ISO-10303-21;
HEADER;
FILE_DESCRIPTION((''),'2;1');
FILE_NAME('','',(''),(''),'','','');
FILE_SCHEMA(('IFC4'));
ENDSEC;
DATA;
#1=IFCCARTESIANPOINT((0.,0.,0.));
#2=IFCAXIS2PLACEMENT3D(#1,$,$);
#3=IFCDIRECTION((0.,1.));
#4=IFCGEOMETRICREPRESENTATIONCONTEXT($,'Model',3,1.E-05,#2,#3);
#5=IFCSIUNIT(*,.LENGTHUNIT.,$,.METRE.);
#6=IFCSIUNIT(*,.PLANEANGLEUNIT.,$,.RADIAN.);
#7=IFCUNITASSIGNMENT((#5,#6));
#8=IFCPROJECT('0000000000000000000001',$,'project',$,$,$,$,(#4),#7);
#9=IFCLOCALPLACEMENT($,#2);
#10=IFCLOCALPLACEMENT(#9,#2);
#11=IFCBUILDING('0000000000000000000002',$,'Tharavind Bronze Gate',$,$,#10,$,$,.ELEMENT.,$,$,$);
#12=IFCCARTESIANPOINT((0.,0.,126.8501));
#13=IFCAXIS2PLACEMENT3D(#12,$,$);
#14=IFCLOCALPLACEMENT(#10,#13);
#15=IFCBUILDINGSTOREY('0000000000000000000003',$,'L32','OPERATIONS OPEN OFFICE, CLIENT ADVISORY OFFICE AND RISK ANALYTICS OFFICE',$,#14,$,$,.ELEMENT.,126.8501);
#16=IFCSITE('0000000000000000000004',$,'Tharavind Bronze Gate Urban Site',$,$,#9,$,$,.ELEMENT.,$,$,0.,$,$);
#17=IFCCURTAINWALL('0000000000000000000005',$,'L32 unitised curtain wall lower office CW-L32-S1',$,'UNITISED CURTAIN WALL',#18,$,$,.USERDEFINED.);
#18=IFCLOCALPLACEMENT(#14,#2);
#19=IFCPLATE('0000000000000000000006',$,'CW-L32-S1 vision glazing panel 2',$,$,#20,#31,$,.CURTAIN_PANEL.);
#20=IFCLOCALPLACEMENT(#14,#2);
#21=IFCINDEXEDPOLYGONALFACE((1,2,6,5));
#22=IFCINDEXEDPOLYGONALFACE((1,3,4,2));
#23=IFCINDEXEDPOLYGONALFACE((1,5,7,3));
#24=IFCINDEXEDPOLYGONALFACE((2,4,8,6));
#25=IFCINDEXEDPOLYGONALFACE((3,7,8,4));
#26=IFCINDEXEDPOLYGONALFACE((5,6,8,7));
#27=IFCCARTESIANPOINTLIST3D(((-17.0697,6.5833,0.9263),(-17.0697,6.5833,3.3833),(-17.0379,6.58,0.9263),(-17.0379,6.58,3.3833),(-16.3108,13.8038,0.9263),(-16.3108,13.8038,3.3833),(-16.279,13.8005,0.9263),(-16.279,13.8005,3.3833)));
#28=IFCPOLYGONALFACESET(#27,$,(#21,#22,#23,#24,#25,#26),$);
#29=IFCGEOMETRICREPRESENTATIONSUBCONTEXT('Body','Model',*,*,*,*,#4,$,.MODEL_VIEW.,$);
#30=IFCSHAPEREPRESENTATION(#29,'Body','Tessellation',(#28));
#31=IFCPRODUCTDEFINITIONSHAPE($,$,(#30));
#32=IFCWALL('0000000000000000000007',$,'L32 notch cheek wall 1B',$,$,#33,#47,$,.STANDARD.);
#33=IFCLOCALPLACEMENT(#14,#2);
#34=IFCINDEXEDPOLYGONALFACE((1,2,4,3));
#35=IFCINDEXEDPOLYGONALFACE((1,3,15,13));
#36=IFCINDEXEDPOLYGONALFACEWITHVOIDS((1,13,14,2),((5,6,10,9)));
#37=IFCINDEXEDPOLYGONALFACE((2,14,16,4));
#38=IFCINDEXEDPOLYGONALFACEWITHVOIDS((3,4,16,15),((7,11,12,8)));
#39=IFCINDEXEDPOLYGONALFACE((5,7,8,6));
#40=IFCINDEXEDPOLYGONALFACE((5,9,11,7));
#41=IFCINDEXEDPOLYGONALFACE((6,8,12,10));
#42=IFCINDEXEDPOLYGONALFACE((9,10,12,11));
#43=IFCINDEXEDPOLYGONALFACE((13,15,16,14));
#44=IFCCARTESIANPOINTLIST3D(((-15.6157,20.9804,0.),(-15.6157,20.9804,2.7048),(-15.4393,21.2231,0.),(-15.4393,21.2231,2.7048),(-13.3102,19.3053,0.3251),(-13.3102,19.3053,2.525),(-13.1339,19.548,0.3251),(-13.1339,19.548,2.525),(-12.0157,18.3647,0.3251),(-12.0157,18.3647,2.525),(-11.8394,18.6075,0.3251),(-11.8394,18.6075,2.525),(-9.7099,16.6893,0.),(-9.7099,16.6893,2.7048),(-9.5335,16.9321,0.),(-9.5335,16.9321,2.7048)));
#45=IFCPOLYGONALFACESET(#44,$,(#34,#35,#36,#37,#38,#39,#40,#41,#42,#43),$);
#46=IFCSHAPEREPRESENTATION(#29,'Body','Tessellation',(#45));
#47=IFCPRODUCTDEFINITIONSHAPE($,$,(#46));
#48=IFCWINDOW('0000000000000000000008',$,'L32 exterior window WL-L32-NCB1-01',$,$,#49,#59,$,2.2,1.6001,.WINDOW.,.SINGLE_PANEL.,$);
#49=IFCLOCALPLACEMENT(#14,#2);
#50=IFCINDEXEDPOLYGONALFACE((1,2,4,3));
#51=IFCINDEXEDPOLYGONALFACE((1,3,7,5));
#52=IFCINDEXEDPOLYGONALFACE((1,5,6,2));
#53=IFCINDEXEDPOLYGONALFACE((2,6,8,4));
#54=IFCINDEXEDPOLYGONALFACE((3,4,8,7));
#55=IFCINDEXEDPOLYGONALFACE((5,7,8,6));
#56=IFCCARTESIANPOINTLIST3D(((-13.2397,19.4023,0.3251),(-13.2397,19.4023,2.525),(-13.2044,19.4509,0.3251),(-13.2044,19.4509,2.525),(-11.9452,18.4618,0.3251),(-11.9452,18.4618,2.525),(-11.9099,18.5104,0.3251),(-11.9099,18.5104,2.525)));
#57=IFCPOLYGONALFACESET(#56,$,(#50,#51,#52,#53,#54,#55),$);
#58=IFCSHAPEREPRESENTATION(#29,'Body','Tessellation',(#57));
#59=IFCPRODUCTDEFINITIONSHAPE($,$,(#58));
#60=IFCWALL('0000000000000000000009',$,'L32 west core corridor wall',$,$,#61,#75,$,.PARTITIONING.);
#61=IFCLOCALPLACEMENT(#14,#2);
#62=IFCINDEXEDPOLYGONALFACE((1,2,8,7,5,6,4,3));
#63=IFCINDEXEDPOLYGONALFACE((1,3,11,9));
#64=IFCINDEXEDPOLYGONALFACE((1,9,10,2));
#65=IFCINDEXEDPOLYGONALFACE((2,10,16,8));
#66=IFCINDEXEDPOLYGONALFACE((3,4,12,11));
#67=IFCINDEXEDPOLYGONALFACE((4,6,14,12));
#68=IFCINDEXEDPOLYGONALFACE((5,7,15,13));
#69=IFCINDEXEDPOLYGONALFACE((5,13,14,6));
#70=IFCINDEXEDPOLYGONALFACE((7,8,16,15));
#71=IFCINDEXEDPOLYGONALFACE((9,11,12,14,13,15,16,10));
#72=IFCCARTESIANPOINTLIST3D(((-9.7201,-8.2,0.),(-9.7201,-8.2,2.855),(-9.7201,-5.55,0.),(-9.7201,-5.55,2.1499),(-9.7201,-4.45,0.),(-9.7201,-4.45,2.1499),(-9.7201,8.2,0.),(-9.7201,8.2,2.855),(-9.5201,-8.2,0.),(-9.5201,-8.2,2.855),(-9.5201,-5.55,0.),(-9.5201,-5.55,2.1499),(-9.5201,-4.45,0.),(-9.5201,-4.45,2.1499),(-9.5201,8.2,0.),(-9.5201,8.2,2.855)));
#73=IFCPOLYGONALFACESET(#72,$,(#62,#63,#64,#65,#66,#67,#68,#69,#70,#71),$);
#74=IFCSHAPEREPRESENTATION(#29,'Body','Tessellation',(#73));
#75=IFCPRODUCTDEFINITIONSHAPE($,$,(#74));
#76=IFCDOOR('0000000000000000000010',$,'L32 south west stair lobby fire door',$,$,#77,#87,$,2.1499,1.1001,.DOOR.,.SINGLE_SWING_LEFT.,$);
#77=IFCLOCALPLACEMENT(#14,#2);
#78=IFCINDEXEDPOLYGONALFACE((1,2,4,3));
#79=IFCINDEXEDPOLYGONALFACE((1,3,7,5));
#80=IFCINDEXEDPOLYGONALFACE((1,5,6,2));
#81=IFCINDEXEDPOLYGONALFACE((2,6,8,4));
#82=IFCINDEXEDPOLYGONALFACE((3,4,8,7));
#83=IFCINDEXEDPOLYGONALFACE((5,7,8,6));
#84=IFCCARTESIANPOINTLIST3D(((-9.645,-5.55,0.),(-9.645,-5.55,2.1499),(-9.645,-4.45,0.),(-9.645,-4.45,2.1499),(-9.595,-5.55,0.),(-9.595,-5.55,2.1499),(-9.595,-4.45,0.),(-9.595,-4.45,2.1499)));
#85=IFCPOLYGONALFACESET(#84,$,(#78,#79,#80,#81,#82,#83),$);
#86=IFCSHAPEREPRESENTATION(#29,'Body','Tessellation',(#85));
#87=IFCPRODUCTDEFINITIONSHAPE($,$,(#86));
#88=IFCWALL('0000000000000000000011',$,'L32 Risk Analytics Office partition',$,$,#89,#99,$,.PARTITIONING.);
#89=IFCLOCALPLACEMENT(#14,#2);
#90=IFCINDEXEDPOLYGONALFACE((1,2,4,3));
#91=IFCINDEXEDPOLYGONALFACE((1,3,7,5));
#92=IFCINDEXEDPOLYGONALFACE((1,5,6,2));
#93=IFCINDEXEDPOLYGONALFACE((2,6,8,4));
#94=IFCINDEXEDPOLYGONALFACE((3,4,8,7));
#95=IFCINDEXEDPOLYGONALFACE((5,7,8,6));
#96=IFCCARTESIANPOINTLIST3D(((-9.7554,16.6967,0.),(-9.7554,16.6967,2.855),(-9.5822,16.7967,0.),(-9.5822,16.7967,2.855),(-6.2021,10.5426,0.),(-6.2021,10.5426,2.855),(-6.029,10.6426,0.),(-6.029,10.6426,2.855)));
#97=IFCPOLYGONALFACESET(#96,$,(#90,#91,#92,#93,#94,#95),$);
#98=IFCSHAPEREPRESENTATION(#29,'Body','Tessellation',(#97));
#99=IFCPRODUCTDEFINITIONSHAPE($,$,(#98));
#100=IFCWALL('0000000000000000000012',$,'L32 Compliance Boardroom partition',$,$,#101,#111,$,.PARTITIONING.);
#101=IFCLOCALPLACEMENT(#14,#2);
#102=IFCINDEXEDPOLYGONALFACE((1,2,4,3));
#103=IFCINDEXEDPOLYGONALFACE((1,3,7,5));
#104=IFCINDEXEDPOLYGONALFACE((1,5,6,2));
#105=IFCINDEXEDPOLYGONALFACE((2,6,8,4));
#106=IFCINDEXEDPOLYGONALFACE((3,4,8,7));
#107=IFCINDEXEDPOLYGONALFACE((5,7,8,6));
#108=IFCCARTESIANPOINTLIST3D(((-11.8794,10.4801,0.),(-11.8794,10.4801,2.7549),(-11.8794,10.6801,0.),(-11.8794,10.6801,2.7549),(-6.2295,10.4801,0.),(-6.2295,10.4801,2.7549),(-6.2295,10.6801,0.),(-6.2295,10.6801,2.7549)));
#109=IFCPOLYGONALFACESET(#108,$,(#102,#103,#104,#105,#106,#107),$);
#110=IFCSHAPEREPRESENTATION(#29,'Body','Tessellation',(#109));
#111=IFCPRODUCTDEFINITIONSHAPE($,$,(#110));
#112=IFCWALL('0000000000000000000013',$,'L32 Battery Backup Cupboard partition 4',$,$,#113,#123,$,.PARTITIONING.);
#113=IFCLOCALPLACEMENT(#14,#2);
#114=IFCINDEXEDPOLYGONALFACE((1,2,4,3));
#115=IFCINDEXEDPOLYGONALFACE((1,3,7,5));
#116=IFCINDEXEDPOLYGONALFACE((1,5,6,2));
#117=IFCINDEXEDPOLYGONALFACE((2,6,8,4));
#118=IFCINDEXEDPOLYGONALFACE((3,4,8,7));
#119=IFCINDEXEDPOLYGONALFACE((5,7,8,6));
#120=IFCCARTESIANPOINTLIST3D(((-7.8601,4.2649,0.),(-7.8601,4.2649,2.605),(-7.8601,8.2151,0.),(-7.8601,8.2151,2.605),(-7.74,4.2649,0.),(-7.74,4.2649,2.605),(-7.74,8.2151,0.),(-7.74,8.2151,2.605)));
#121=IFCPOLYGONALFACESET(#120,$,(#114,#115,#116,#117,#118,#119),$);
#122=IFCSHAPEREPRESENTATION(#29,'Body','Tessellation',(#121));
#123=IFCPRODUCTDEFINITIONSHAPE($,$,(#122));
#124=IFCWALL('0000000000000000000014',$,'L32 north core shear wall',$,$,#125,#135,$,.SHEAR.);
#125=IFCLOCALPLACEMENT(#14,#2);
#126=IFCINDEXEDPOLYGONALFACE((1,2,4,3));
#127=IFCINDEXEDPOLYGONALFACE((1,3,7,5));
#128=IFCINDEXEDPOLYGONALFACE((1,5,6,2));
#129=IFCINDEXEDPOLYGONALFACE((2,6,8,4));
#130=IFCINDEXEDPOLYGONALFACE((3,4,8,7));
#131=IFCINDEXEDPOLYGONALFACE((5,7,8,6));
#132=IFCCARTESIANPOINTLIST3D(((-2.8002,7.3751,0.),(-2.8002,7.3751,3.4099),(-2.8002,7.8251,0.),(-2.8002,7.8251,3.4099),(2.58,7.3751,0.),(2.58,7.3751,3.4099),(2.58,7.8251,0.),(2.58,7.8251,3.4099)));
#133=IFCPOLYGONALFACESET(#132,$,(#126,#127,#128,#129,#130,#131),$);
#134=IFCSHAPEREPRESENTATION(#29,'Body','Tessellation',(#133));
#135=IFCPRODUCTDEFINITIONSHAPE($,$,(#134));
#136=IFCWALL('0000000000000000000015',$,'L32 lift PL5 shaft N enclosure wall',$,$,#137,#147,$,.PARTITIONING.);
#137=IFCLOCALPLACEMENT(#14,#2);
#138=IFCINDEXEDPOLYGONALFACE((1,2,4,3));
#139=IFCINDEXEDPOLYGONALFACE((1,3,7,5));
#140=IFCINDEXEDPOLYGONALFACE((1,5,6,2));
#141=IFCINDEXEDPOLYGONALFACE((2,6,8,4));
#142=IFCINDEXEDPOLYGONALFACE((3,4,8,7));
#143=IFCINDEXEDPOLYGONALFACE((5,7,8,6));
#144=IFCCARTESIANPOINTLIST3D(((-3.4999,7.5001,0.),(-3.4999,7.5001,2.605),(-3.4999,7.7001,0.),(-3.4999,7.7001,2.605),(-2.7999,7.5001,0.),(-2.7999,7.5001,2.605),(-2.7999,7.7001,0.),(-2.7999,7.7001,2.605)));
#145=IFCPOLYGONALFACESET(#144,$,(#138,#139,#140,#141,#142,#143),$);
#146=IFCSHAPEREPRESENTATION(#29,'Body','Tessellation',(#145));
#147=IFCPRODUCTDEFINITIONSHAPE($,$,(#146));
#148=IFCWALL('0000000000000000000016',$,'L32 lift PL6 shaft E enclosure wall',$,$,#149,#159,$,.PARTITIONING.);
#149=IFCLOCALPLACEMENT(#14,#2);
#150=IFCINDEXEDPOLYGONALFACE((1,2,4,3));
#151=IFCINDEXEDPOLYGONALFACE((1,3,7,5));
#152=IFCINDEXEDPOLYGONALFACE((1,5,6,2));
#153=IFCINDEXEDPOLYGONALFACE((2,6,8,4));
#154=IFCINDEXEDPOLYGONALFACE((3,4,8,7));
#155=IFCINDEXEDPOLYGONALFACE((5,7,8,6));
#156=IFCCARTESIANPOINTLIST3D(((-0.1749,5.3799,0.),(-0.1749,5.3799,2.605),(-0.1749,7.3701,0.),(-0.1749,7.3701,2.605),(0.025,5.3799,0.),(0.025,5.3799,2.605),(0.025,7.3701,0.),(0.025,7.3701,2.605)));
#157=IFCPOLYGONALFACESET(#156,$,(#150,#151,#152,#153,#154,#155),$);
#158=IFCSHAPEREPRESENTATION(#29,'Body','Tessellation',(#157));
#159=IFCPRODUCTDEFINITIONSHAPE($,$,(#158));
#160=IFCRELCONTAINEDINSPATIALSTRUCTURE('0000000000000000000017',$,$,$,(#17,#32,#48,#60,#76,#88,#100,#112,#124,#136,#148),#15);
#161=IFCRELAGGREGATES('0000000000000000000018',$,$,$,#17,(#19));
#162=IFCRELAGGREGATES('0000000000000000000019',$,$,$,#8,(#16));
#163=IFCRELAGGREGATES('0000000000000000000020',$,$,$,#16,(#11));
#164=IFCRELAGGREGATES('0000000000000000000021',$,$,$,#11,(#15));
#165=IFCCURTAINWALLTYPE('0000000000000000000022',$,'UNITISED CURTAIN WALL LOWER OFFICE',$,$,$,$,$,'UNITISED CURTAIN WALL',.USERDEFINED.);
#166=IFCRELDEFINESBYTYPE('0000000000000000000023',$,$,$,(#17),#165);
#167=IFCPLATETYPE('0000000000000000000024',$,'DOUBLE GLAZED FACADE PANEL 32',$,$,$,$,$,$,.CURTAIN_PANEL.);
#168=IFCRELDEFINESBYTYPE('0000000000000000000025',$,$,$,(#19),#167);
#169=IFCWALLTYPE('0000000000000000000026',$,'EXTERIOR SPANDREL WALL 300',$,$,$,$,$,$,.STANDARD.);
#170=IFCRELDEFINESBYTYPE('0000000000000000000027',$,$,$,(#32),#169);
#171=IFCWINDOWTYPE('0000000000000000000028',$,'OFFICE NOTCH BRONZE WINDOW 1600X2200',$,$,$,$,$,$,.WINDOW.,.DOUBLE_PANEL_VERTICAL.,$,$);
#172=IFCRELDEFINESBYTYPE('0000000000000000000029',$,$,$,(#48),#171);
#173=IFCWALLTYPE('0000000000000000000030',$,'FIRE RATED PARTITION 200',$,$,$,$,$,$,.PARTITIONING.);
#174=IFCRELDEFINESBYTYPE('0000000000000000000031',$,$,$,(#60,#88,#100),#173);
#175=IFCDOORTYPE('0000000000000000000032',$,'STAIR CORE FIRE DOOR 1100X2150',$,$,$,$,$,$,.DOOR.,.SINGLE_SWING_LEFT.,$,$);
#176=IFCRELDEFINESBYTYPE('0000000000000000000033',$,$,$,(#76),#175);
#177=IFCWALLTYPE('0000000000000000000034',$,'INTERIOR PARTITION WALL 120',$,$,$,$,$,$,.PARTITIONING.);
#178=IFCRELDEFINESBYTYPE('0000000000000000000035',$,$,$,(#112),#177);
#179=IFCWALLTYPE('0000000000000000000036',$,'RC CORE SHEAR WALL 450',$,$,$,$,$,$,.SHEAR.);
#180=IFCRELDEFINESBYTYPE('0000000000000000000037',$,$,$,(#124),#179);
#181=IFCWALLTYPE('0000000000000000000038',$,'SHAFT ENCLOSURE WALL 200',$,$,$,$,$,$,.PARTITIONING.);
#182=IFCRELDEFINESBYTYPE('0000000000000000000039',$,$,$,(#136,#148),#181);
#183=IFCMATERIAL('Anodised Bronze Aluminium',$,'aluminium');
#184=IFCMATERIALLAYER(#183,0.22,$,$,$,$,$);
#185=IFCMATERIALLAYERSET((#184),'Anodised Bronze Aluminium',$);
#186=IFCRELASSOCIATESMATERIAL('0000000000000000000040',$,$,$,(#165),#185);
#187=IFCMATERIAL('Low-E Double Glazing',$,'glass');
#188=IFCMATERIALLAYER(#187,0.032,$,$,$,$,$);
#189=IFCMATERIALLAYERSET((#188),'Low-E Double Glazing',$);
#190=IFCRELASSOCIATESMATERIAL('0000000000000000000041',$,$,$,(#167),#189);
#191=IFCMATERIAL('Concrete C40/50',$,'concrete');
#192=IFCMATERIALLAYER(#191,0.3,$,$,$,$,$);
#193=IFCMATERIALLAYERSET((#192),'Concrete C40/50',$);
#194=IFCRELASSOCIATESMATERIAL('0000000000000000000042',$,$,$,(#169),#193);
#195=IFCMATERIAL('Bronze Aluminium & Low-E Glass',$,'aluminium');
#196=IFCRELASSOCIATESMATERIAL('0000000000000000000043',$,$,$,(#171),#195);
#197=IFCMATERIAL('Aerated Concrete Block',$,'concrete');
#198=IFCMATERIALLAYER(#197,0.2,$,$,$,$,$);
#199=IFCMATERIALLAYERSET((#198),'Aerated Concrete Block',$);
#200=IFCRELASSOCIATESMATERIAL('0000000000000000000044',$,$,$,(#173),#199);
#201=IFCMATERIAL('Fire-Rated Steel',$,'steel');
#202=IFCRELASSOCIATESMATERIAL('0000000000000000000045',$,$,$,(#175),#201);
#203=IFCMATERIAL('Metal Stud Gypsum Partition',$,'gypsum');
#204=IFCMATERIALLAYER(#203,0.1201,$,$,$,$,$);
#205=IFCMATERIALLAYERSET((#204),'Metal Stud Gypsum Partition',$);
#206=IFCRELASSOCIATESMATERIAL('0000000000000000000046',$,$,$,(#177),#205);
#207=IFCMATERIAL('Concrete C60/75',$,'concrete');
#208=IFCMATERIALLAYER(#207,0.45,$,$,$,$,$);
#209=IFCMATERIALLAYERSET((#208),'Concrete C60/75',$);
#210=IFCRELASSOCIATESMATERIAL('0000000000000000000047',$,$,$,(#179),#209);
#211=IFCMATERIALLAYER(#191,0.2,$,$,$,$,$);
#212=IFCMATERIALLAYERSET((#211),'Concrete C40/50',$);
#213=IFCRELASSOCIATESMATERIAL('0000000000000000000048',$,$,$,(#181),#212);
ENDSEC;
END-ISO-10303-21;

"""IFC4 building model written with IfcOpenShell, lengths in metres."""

from ifc_helpers import new_model, si_unit, direction, frame, frame_2d, origin, origin_2d, place, context, subcontext, project, spatial, rectangle, extrude, material, layer, layer_set, type_object, element, fill, aggregate, save


model = new_model("IFC4")

# Units and contexts
model_context = context("Model", 3, precision=1e-05, world=origin(), true_north=direction((0.0, 1.0)))
body_context = subcontext(model_context, "Body", "Model", "MODEL_VIEW")
ifc_project = project(units=[si_unit("LENGTHUNIT", "METRE"), si_unit("PLANEANGLEUNIT", "RADIAN")], contexts=[model_context])

# Site, building, storey
site_placement = place(None, origin())
site = spatial("IfcSite", under=ifc_project, at=site_placement, Name="Tharavind Bronze Gate Urban Site", CompositionType="ELEMENT", RefElevation=0.0)
building_placement = place(site_placement, origin())
building = spatial("IfcBuilding", under=site, at=building_placement, Name="Tharavind Bronze Gate", CompositionType="ELEMENT")
storey_placement = place(building_placement, frame((0.0, 0.0, 126.8501)))
storey = spatial("IfcBuildingStorey", under=building, at=storey_placement, Name="L32", Description="OPERATIONS OPEN OFFICE, CLIENT ADVISORY OFFICE AND RISK ANALYTICS OFFICE", CompositionType="ELEMENT", Elevation=126.8501)

# Shared definitions
ifc_material_1 = material(Name="Concrete C60/75", Category="concrete")

# Curtain wall
ifc_material_2 = material(Name="Anodised Bronze Aluminium", Category="aluminium")
ifc_layer_1 = layer(ifc_material_2, 0.22)
ifc_layer_set_1 = layer_set([ifc_layer_1], Name="Anodised Bronze Aluminium")
curtain_wall_type = type_object("IfcCurtainWallType", Name="UNITISED CURTAIN WALL LOWER OFFICE", ElementType="UNITISED CURTAIN WALL", PredefinedType="USERDEFINED", material=ifc_layer_set_1)
curtain_wall_placement = place(storey_placement, origin())
curtain_wall = element("IfcCurtainWall", 1, at=curtain_wall_placement, inside=storey, type_object=curtain_wall_type, Name="L32 unitised curtain wall lower office CW-L32-S1", ObjectType="UNITISED CURTAIN WALL", PredefinedType="USERDEFINED")

# Plate
ifc_material_3 = material(Name="Low-E Double Glazing", Category="glass")
ifc_layer_2 = layer(ifc_material_3, 0.032)
ifc_layer_set_2 = layer_set([ifc_layer_2], Name="Low-E Double Glazing")
plate_type_1 = type_object("IfcPlateType", Name="DOUBLE GLAZED FACADE PANEL 32", PredefinedType="CURTAIN_PANEL", material=ifc_layer_set_2)
plate_1_placement = place(storey_placement, frame((-16.6743, 10.1919, 0.9263), z_axis=(0.0, 0.0, 1.0), x_axis=(-0.104527, -0.994522, 0.0)))
plate_1 = element("IfcPlate", 2, at=plate_1_placement, type_object=plate_type_1, Name="CW-L32-S1 vision glazing panel 2", PredefinedType="CURTAIN_PANEL", context=body_context, shape_type="SweptSolid", body=[
    extrude(rectangle(XDim=7.2603, YDim=0.032, at=origin_2d()), origin(), (0.0, 0.0, 1.0), 2.457),
])
aggregate(curtain_wall, [plate_1])

# Wall, opening, window
ifc_material_4 = material(Name="Concrete C40/50", Category="concrete")
ifc_layer_3 = layer(ifc_material_4, 0.3)
ifc_layer_set_3 = layer_set([ifc_layer_3], Name="Concrete C40/50")
wall_type_1 = type_object("IfcWallType", Name="EXTERIOR SPANDREL WALL 300", PredefinedType="STANDARD", material=ifc_layer_set_3)
wall_1_placement = place(storey_placement, frame((-9.6218, 16.8108, 0.0), z_axis=(0.0, 0.0, 1.0), x_axis=(-0.809002, 0.587806, 0.0)))
wall_1 = element("IfcWall", 3, at=wall_1_placement, inside=storey, type_object=wall_type_1, Name="L32 notch cheek wall 1B", PredefinedType="STANDARD", context=body_context, shape_type="SweptSolid", body=[
    extrude(rectangle(XDim=7.3, YDim=0.3, at=frame_2d((3.6499, 0.0))), origin(), (0.0, 0.0, 1.0), 2.7048),
])
opening_1_placement = place(wall_1_placement, frame((2.8501, 0.0, 0.325)))
opening_1 = element("IfcOpeningElement", 4, at=opening_1_placement, cuts=wall_1, PredefinedType="OPENING", context=body_context, shape_type="SweptSolid", body=[
    extrude(rectangle(XDim=1.6001, YDim=2.2, at=frame_2d((0.8, 1.1001))), frame((0.0, 0.1599, 0.0), z_axis=(0.0, -1.0, 0.0), x_axis=(1.0, 0.0, 0.0)), (0.0, 0.0, 1.0), 0.32),
])
ifc_material_5 = material(Name="Bronze Aluminium & Low-E Glass", Category="aluminium")
window_type = type_object("IfcWindowType", Name="OFFICE NOTCH BRONZE WINDOW 1600X2200", PartitioningType="DOUBLE_PANEL_VERTICAL", PredefinedType="WINDOW", material=ifc_material_5)
window_placement = place(opening_1_placement, origin())
window = element("IfcWindow", 5, at=window_placement, inside=storey, type_object=window_type, Name="L32 exterior window WL-L32-NCB1-01", OverallHeight=2.2, OverallWidth=1.6001, PartitioningType="SINGLE_PANEL", PredefinedType="WINDOW", context=body_context, shape_type="SweptSolid", body=[
    extrude(rectangle(XDim=1.6001, YDim=2.2, at=frame_2d((0.8, 1.1001))), frame((0.0, 0.03, 0.0), z_axis=(0.0, -1.0, 0.0), x_axis=(1.0, 0.0, 0.0)), (0.0, 0.0, 1.0), 0.0601),
])
fill(opening_1, window)

# Wall, opening, door
ifc_material_6 = material(Name="Aerated Concrete Block", Category="concrete")
ifc_layer_4 = layer(ifc_material_6, 0.2)
ifc_layer_set_4 = layer_set([ifc_layer_4], Name="Aerated Concrete Block")
wall_type_2 = type_object("IfcWallType", Name="FIRE RATED PARTITION 200", PredefinedType="PARTITIONING", material=ifc_layer_set_4)
wall_2_placement = place(storey_placement, frame((-9.6201, 8.2, 0.0), z_axis=(0.0, 0.0, 1.0), x_axis=(0.0, -1.0, 0.0)))
wall_2 = element("IfcWall", 6, at=wall_2_placement, inside=storey, type_object=wall_type_2, Name="L32 west core corridor wall", PredefinedType="PARTITIONING", context=body_context, shape_type="SweptSolid", body=[
    extrude(rectangle(XDim=16.3999, YDim=0.2, at=frame_2d((8.2, 0.0))), origin(), (0.0, 0.0, 1.0), 2.855),
])
opening_2_placement = place(wall_2_placement, frame((12.6499, 0.0, 0.0)))
opening_2 = element("IfcOpeningElement", 7, at=opening_2_placement, cuts=wall_2, PredefinedType="OPENING", context=body_context, shape_type="SweptSolid", body=[
    extrude(rectangle(XDim=1.1001, YDim=2.1499, at=frame_2d((0.55, 1.075))), frame((0.0, 0.1101, 0.0), z_axis=(0.0, -1.0, 0.0), x_axis=(1.0, 0.0, 0.0)), (0.0, 0.0, 1.0), 0.22),
])
ifc_material_7 = material(Name="Fire-Rated Steel", Category="steel")
door_type_1 = type_object("IfcDoorType", Name="STAIR CORE FIRE DOOR 1100X2150", OperationType="SINGLE_SWING_LEFT", PredefinedType="DOOR", material=ifc_material_7)
door_1_placement = place(opening_2_placement, frame((1.1001, 0.0, 0.0), z_axis=(0.0, 0.0, 1.0), x_axis=(-1.0, 0.0, 0.0)))
door_1 = element("IfcDoor", 8, at=door_1_placement, inside=storey, type_object=door_type_1, Name="L32 south west stair lobby fire door", OperationType="SINGLE_SWING_LEFT", OverallHeight=2.1499, OverallWidth=1.1001, PredefinedType="DOOR", context=body_context, shape_type="SweptSolid", body=[
    extrude(rectangle(XDim=1.1001, YDim=2.1499, at=frame_2d((0.55, 1.075))), frame((0.0, 0.0249, 0.0), z_axis=(0.0, -1.0, 0.0), x_axis=(1.0, 0.0, 0.0)), (0.0, 0.0, 1.0), 0.05),
])
fill(opening_2, door_1)

# Walls
wall_3_placement = place(storey_placement, frame((-6.1155, 10.5925, 0.0), z_axis=(0.0, 0.0, 1.0), x_axis=(-0.500019, 0.866015, 0.0)))
element("IfcWall", 9, at=wall_3_placement, inside=storey, type_object=wall_type_2, Name="L32 Risk Analytics Office partition", PredefinedType="PARTITIONING", context=body_context, shape_type="SweptSolid", body=[
    extrude(rectangle(XDim=7.1062, YDim=0.2, at=frame_2d((3.5532, 0.0))), origin(), (0.0, 0.0, 1.0), 2.855),
])
wall_4_placement = place(storey_placement, frame((-6.2295, 10.5801, 0.0), z_axis=(0.0, 0.0, 1.0), x_axis=(-1.0, 0.0, 0.0)))
element("IfcWall", 10, at=wall_4_placement, inside=storey, type_object=wall_type_2, Name="L32 Compliance Boardroom partition", PredefinedType="PARTITIONING", context=body_context, shape_type="SweptSolid", body=[
    extrude(rectangle(XDim=5.6499, YDim=0.2, at=frame_2d((2.825, 0.0))), origin(), (0.0, 0.0, 1.0), 2.7549),
])

# Walls
ifc_material_8 = material(Name="Metal Stud Gypsum Partition", Category="gypsum")
ifc_layer_5 = layer(ifc_material_8, 0.1201)
ifc_layer_set_5 = layer_set([ifc_layer_5], Name="Metal Stud Gypsum Partition")
wall_type_3 = type_object("IfcWallType", Name="INTERIOR PARTITION WALL 120", PredefinedType="PARTITIONING", material=ifc_layer_set_5)
wall_5_placement = place(storey_placement, frame((-7.8, 8.2151, 0.0), z_axis=(0.0, 0.0, 1.0), x_axis=(0.0, -1.0, 0.0)))
element("IfcWall", 11, at=wall_5_placement, inside=storey, type_object=wall_type_3, Name="L32 Battery Backup Cupboard partition 4", PredefinedType="PARTITIONING", context=body_context, shape_type="SweptSolid", body=[
    extrude(rectangle(XDim=3.9502, YDim=0.1201, at=frame_2d((1.9751, 0.0))), origin(), (0.0, 0.0, 1.0), 2.605),
])
ifc_layer_6 = layer(ifc_material_1, 0.45)
ifc_layer_set_6 = layer_set([ifc_layer_6], Name="Concrete C60/75")
wall_type_4 = type_object("IfcWallType", Name="RC CORE SHEAR WALL 450", PredefinedType="SHEAR", material=ifc_layer_set_6)
wall_6_placement = place(storey_placement, frame((-2.8, 7.6001, 0.0), z_axis=(0.0, 0.0, 1.0), x_axis=(1.0, 0.0, 0.0)))
element("IfcWall", 12, at=wall_6_placement, inside=storey, type_object=wall_type_4, Name="L32 north core shear wall", PredefinedType="SHEAR", context=body_context, shape_type="SweptSolid", body=[
    extrude(rectangle(XDim=5.3801, YDim=0.45, at=frame_2d((2.6899, 0.0))), origin(), (0.0, 0.0, 1.0), 3.4099),
])
ifc_layer_7 = layer(ifc_material_4, 0.2)
ifc_layer_set_7 = layer_set([ifc_layer_7], Name="Concrete C40/50")
wall_type_5 = type_object("IfcWallType", Name="SHAFT ENCLOSURE WALL 200", PredefinedType="PARTITIONING", material=ifc_layer_set_7)
wall_7_placement = place(storey_placement, frame((-3.5, 7.6001, 0.0), z_axis=(0.0, 0.0, 1.0), x_axis=(1.0, 0.0, 0.0)))
element("IfcWall", 13, at=wall_7_placement, inside=storey, type_object=wall_type_5, Name="L32 lift PL5 shaft N enclosure wall", PredefinedType="PARTITIONING", context=body_context, shape_type="SweptSolid", body=[
    extrude(rectangle(XDim=0.7, YDim=0.2, at=frame_2d((0.3501, 0.0))), origin(), (0.0, 0.0, 1.0), 2.605),
])
wall_8_placement = place(storey_placement, frame((-0.075, 5.3799, 0.0), z_axis=(0.0, 0.0, 1.0), x_axis=(0.0, 1.0, 0.0)))
element("IfcWall", 14, at=wall_8_placement, inside=storey, type_object=wall_type_5, Name="L32 lift PL6 shaft E enclosure wall", PredefinedType="PARTITIONING", context=body_context, shape_type="SweptSolid", body=[
    extrude(rectangle(XDim=1.9902, YDim=0.2, at=frame_2d((0.9951, 0.0))), origin(), (0.0, 0.0, 1.0), 2.605),
])

save(model, "model.ifc")
